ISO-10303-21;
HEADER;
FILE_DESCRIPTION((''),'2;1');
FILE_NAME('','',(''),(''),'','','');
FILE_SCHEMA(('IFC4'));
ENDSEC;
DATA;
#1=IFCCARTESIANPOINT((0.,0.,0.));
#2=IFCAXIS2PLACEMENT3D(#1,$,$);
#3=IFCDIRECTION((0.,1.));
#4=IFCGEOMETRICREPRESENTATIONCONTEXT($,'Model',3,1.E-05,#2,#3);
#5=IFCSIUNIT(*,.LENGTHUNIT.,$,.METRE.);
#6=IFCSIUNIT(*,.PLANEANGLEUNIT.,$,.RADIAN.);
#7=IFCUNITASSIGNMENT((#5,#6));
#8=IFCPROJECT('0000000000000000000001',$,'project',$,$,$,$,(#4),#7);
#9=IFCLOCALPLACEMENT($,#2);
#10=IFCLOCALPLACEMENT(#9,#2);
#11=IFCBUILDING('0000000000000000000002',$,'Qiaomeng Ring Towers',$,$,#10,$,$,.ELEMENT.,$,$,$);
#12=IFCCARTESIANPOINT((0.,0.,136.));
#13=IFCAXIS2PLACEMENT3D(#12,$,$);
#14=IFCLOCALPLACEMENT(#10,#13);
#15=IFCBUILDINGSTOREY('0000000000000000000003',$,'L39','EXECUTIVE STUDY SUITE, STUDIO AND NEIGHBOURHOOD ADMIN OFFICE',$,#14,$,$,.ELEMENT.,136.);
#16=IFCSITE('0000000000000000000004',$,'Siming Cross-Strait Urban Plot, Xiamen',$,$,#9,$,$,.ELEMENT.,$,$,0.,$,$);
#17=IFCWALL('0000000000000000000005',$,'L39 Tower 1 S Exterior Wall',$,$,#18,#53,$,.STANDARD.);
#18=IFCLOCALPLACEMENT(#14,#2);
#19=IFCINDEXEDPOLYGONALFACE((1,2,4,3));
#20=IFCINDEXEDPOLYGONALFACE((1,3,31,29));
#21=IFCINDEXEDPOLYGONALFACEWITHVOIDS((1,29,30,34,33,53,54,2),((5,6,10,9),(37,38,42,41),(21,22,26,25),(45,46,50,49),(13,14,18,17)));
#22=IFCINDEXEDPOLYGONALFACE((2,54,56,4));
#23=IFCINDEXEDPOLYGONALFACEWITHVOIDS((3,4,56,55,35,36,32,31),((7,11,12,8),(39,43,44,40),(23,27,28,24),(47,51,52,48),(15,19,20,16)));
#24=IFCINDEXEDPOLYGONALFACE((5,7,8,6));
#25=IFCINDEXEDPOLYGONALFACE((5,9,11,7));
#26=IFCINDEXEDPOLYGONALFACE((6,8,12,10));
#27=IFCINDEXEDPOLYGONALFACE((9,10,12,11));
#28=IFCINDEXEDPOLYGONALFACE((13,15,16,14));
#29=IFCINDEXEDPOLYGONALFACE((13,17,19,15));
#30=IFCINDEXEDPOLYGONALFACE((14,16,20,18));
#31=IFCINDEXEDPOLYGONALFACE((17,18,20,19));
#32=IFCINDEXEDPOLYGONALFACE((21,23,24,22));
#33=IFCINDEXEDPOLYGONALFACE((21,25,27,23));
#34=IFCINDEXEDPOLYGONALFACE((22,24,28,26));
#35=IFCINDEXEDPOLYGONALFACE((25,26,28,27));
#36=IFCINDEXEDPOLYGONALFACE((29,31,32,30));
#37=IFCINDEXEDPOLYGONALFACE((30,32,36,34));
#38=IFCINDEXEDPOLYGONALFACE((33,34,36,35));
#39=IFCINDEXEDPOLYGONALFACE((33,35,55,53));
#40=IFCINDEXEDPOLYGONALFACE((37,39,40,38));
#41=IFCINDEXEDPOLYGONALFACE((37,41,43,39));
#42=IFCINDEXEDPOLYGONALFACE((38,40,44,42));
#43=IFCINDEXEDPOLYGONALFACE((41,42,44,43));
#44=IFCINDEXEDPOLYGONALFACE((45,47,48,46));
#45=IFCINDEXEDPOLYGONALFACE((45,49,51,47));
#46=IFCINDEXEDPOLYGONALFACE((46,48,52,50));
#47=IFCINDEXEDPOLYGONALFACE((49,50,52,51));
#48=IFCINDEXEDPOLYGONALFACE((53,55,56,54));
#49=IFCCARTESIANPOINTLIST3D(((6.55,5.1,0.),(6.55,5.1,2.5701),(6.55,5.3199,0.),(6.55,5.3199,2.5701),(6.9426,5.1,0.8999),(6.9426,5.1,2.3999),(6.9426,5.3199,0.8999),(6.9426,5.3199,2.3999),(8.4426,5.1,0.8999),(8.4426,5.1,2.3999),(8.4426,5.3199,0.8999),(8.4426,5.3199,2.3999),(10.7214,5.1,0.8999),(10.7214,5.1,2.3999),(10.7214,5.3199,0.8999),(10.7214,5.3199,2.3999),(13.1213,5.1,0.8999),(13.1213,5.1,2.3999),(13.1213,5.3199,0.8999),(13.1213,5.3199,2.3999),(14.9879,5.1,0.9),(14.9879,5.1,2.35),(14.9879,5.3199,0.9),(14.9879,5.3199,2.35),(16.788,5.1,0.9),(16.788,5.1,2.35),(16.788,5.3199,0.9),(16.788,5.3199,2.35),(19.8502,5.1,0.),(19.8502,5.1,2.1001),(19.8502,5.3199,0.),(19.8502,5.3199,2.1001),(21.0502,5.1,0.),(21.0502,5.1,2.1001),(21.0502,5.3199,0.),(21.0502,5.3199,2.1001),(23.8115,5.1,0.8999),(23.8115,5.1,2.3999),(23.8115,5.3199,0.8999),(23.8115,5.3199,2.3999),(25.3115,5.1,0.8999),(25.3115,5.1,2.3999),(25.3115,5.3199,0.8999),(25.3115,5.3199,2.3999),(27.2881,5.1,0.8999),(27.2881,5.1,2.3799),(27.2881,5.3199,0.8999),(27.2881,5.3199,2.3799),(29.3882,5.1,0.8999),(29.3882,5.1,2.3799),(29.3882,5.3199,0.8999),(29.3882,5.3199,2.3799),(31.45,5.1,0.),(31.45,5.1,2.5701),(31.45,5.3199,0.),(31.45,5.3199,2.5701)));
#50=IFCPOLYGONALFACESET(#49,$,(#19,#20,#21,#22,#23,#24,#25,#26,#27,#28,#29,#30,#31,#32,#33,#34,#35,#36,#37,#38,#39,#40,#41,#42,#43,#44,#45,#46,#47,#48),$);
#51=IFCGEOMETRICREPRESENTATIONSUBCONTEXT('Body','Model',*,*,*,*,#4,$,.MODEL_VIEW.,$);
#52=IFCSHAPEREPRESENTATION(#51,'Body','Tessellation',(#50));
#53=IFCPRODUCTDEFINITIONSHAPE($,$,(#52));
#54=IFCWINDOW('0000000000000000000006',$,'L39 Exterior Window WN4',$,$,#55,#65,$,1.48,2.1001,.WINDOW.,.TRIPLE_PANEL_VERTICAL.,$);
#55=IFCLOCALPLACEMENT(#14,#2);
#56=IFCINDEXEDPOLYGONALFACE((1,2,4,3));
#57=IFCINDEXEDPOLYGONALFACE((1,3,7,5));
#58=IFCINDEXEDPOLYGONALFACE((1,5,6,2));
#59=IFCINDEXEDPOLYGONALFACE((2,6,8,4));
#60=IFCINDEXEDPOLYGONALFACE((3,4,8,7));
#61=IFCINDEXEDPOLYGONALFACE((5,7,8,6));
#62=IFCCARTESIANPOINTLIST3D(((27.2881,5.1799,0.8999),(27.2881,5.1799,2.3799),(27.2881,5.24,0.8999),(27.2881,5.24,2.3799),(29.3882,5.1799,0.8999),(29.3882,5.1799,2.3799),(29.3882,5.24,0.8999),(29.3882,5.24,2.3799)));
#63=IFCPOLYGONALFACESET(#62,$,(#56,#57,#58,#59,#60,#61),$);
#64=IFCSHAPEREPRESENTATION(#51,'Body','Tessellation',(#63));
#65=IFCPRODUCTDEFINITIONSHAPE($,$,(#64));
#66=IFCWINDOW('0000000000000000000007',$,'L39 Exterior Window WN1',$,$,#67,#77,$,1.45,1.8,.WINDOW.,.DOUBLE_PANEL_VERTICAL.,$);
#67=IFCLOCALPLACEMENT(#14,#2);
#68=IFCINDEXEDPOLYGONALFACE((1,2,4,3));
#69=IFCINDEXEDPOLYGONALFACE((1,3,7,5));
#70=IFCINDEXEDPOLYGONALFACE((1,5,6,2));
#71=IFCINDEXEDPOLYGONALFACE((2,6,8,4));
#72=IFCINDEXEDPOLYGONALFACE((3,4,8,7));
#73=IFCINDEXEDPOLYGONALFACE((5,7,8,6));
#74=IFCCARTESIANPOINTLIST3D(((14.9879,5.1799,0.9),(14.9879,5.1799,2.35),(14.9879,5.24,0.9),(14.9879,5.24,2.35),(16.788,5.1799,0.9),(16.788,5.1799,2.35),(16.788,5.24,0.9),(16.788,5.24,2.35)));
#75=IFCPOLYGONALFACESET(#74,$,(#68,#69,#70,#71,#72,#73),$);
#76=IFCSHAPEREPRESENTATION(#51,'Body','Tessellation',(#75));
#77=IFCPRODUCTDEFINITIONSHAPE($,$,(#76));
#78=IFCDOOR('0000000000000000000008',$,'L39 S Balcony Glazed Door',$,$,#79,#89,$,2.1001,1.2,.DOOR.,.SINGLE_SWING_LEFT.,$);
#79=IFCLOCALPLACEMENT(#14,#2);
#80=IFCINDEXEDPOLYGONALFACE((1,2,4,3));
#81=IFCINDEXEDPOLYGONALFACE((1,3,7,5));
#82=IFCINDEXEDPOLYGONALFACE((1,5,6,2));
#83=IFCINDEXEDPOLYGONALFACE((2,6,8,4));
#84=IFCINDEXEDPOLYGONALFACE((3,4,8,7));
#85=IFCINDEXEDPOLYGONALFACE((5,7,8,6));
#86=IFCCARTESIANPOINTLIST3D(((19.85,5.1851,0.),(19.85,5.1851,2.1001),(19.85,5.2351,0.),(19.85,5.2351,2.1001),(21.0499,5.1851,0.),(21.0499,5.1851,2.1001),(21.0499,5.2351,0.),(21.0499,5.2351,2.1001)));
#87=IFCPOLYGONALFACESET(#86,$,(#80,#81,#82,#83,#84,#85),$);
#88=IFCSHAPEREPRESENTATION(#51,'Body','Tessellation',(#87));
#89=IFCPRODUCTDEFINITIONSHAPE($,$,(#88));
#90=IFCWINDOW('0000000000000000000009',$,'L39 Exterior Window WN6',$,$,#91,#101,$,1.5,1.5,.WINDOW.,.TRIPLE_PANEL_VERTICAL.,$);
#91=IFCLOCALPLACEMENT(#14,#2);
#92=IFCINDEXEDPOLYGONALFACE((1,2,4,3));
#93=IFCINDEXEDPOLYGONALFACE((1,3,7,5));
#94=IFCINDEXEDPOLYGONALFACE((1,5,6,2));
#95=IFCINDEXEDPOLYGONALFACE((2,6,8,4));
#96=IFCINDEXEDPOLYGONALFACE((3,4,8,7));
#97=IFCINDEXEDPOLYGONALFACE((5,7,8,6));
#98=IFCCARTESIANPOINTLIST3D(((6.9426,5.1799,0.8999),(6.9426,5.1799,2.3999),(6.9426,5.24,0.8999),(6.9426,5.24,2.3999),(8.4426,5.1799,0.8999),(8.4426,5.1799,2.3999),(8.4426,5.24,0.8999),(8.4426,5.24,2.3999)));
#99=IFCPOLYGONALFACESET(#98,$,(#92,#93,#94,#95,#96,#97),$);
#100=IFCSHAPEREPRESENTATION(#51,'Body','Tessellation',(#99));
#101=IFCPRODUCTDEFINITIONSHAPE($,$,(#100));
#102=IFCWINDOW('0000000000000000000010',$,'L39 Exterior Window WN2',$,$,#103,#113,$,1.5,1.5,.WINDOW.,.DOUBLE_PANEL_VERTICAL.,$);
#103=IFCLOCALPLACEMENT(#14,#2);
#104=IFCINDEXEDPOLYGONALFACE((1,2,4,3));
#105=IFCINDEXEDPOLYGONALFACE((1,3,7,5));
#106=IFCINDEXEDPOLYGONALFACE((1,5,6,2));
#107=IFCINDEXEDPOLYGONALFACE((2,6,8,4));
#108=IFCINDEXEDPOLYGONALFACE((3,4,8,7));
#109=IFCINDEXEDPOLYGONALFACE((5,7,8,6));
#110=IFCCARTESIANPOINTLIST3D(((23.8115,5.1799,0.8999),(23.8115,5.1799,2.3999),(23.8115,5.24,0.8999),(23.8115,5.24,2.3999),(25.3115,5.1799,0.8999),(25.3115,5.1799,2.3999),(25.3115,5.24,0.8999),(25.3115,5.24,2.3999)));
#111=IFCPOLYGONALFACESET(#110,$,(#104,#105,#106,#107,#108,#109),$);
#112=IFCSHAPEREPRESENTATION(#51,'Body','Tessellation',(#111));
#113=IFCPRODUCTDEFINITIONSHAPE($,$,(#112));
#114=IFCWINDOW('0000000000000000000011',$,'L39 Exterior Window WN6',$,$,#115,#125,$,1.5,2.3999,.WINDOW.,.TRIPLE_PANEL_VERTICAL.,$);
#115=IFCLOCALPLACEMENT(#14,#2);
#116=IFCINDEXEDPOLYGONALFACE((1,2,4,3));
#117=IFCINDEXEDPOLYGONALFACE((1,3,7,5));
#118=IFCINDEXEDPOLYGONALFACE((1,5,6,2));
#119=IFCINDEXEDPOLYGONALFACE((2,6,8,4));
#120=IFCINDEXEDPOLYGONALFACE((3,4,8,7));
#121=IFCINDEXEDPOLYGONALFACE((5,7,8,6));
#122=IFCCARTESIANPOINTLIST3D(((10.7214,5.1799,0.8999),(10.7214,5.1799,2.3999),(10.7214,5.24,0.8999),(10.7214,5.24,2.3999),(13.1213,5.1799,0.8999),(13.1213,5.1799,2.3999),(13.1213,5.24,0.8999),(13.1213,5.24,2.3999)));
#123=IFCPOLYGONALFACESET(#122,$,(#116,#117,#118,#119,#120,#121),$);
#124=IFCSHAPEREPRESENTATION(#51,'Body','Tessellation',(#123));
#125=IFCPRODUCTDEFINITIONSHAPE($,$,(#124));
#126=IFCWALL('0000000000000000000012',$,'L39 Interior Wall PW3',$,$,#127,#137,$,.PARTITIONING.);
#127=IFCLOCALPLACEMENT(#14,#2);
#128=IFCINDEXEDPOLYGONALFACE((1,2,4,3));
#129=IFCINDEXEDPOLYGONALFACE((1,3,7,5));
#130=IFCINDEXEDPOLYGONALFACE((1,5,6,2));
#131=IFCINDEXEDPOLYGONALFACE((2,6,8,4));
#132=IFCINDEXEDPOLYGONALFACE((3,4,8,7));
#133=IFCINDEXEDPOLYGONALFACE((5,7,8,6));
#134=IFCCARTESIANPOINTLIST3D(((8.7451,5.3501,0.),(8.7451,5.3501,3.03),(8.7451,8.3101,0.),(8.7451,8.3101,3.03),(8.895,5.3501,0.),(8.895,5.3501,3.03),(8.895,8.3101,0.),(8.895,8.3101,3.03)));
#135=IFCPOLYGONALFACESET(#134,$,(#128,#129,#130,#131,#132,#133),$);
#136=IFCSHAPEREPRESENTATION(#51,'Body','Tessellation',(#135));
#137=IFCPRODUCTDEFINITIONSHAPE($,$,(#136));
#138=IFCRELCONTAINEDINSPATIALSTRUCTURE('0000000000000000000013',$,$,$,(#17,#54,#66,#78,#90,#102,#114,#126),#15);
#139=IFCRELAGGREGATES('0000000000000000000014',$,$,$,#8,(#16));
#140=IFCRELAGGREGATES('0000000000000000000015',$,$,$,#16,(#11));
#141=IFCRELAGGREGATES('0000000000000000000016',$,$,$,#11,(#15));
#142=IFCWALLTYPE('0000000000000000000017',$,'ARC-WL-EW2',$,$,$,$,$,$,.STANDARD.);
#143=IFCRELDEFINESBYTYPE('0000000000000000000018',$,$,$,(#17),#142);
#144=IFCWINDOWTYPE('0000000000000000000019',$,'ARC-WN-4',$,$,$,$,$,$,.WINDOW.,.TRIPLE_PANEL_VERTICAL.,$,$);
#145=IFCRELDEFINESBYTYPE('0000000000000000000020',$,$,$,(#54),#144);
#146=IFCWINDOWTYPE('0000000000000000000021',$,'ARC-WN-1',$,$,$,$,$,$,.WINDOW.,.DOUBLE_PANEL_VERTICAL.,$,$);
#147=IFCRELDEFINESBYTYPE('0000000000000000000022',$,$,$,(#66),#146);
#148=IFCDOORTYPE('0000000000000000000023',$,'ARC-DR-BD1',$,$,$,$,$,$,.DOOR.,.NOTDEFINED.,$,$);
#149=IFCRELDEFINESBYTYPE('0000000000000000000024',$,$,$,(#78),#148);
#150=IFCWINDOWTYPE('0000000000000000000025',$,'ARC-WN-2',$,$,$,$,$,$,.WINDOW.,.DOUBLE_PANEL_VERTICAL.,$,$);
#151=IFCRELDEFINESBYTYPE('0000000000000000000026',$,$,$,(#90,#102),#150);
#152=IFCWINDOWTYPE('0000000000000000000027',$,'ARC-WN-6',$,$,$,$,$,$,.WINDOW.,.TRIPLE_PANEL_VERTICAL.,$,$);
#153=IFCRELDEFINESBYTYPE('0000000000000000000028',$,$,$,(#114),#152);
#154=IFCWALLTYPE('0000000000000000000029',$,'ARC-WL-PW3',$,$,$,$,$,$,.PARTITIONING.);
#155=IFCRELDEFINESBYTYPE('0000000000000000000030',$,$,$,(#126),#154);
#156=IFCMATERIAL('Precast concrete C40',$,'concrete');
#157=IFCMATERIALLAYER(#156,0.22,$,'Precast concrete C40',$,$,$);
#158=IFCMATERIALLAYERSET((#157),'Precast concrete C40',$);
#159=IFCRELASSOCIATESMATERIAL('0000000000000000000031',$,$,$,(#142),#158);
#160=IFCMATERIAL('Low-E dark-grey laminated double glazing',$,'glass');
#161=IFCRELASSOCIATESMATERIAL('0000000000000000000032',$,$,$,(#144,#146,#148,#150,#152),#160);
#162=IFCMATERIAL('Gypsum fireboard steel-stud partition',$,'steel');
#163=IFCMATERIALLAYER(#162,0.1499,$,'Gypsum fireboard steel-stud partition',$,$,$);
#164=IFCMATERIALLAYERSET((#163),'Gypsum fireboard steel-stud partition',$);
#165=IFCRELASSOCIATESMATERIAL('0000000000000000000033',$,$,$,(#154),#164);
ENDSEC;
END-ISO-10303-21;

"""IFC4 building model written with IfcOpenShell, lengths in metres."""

from ifc_helpers import new_model, si_unit, direction, frame, frame_2d, origin, place, context, subcontext, project, spatial, rectangle, extrude, source, transform, mapped, material, layer, layer_set, type_object, element, fill, save


model = new_model("IFC4")

# Units and contexts
model_context = context("Model", 3, precision=1e-05, world=origin(), true_north=direction((0.0, 1.0)))
body_context = subcontext(model_context, "Body", "Model", "MODEL_VIEW")
ifc_project = project(units=[si_unit("LENGTHUNIT", "METRE"), si_unit("PLANEANGLEUNIT", "RADIAN")], contexts=[model_context])

# Site, building, storey
site_placement = place(None, origin())
site = spatial("IfcSite", under=ifc_project, at=site_placement, Name="Siming Cross-Strait Urban Plot, Xiamen", CompositionType="ELEMENT", RefElevation=0.0)
building_placement = place(site_placement, origin())
building = spatial("IfcBuilding", under=site, at=building_placement, Name="Qiaomeng Ring Towers", CompositionType="ELEMENT")
storey_placement = place(building_placement, frame((0.0, 0.0, 136.0)))
storey = spatial("IfcBuildingStorey", under=building, at=storey_placement, Name="L39", Description="EXECUTIVE STUDY SUITE, STUDIO AND NEIGHBOURHOOD ADMIN OFFICE", CompositionType="ELEMENT", Elevation=136.0)

# Shared definitions
ifc_material_1 = material(Name="Low-E dark-grey laminated double glazing", Category="glass")

# Wall, openings, windows, door
ifc_material_2 = material(Name="Precast concrete C40", Category="concrete")
ifc_layer_1 = layer(ifc_material_2, 0.22, Name="Precast concrete C40")
ifc_layer_set_1 = layer_set([ifc_layer_1], Name="Precast concrete C40")
wall_type_1 = type_object("IfcWallType", Name="ARC-WL-EW2", PredefinedType="STANDARD", material=ifc_layer_set_1)
wall_1_placement = place(storey_placement, frame((6.55, 5.21, 0.0), z_axis=(0.0, 0.0, 1.0), x_axis=(1.0, 0.0, 0.0)))
wall_1 = element("IfcWall", 1, at=wall_1_placement, inside=storey, type_object=wall_type_1, Name="L39 Tower 1 S Exterior Wall", PredefinedType="STANDARD", context=body_context, shape_type="SweptSolid", body=[
    extrude(rectangle(XDim=24.8999, YDim=0.22, at=frame_2d((12.45, 0.0))), origin(), (0.0, 0.0, 1.0), 2.5701),
])
opening_1_placement = place(wall_1_placement, frame((13.3, 0.0, 0.0)))
opening_1 = element("IfcOpeningElement", 2, at=opening_1_placement, cuts=wall_1, PredefinedType="OPENING", context=body_context, shape_type="SweptSolid", body=[
    extrude(rectangle(XDim=1.2, YDim=2.1001, at=frame_2d((0.6001, 1.05))), frame((0.0, 0.1199, 0.0), z_axis=(0.0, -1.0, 0.0), x_axis=(1.0, 0.0, 0.0)), (0.0, 0.0, 1.0), 0.24),
])
opening_2_placement = place(wall_1_placement, frame((0.3926, 0.0, 0.8999)))
opening_2 = element("IfcOpeningElement", 3, at=opening_2_placement, cuts=wall_1, PredefinedType="OPENING", context=body_context, shape_type="SweptSolid", body=[
    extrude(rectangle(XDim=1.5, YDim=1.5, at=frame_2d((0.75, 0.75))), frame((0.0, 0.1199, 0.0), z_axis=(0.0, -1.0, 0.0), x_axis=(1.0, 0.0, 0.0)), (0.0, 0.0, 1.0), 0.24),
])
opening_3_placement = place(wall_1_placement, frame((8.438, 0.0, 0.8999)))
opening_3 = element("IfcOpeningElement", 4, at=opening_3_placement, cuts=wall_1, PredefinedType="OPENING", context=body_context, shape_type="SweptSolid", body=[
    extrude(rectangle(XDim=1.8, YDim=1.45, at=frame_2d((0.8999, 0.7251))), frame((0.0, 0.1199, 0.0), z_axis=(0.0, -1.0, 0.0), x_axis=(1.0, 0.0, 0.0)), (0.0, 0.0, 1.0), 0.24),
])
opening_4_placement = place(wall_1_placement, frame((17.2615, 0.0, 0.8999)))
opening_4 = element("IfcOpeningElement", 5, at=opening_4_placement, cuts=wall_1, PredefinedType="OPENING", context=body_context, shape_type="SweptSolid", body=[
    extrude(rectangle(XDim=1.5, YDim=1.5, at=frame_2d((0.75, 0.75))), frame((0.0, 0.1199, 0.0), z_axis=(0.0, -1.0, 0.0), x_axis=(1.0, 0.0, 0.0)), (0.0, 0.0, 1.0), 0.24),
])
opening_5_placement = place(wall_1_placement, frame((20.738, 0.0, 0.8999)))
opening_5 = element("IfcOpeningElement", 6, at=opening_5_placement, cuts=wall_1, PredefinedType="OPENING", context=body_context, shape_type="SweptSolid", body=[
    extrude(rectangle(XDim=2.1001, YDim=1.48, at=frame_2d((1.05, 0.74))), frame((0.0, 0.1199, 0.0), z_axis=(0.0, -1.0, 0.0), x_axis=(1.0, 0.0, 0.0)), (0.0, 0.0, 1.0), 0.24),
])
opening_6_placement = place(wall_1_placement, frame((4.1714, 0.0, 0.8999)))
opening_6 = element("IfcOpeningElement", 7, at=opening_6_placement, cuts=wall_1, PredefinedType="OPENING", context=body_context, shape_type="SweptSolid", body=[
    extrude(rectangle(XDim=2.3999, YDim=1.5, at=frame_2d((1.2, 0.75))), frame((0.0, 0.1199, 0.0), z_axis=(0.0, -1.0, 0.0), x_axis=(1.0, 0.0, 0.0)), (0.0, 0.0, 1.0), 0.24),
])
window_type_1 = type_object("IfcWindowType", Name="ARC-WN-4", PartitioningType="TRIPLE_PANEL_VERTICAL", PredefinedType="WINDOW", material=ifc_material_1)
shared_shape_1 = source(origin(), body_context, "Body", "SweptSolid", [
    extrude(rectangle(XDim=2.1001, YDim=1.48, at=frame_2d((1.05, 0.74))), frame((0.0, 0.03, 0.0), z_axis=(0.0, -1.0, 0.0), x_axis=(1.0, 0.0, 0.0)), (0.0, 0.0, 1.0), 0.0601),
])
window_1_placement = place(opening_5_placement, origin())
window_1 = element("IfcWindow", 8, at=window_1_placement, inside=storey, type_object=window_type_1, Name="L39 Exterior Window WN4", OverallHeight=1.48, OverallWidth=2.1001, PartitioningType="TRIPLE_PANEL_VERTICAL", PredefinedType="WINDOW", context=body_context, shape_type="MappedRepresentation", body=[
    mapped(shared_shape_1, transform((0.0, 0.0, 0.0), x_axis=(1.0, 0.0, 0.0), y_axis=(0.0, 1.0, 0.0), z_axis=(0.0, 0.0, 1.0), scale=1.0)),
])
fill(opening_5, window_1)
window_type_2 = type_object("IfcWindowType", Name="ARC-WN-1", PartitioningType="DOUBLE_PANEL_VERTICAL", PredefinedType="WINDOW", material=ifc_material_1)
shared_shape_2 = source(origin(), body_context, "Body", "SweptSolid", [
    extrude(rectangle(XDim=1.8, YDim=1.45, at=frame_2d((0.8999, 0.7251))), frame((0.0, 0.03, 0.0), z_axis=(0.0, -1.0, 0.0), x_axis=(1.0, 0.0, 0.0)), (0.0, 0.0, 1.0), 0.0601),
])
window_2_placement = place(opening_3_placement, origin())
window_2 = element("IfcWindow", 9, at=window_2_placement, inside=storey, type_object=window_type_2, Name="L39 Exterior Window WN1", OverallHeight=1.45, OverallWidth=1.8, PartitioningType="DOUBLE_PANEL_VERTICAL", PredefinedType="WINDOW", context=body_context, shape_type="MappedRepresentation", body=[
    mapped(shared_shape_2, transform((0.0, 0.0, 0.0), x_axis=(1.0, 0.0, 0.0), y_axis=(0.0, 1.0, 0.0), z_axis=(0.0, 0.0, 1.0), scale=1.0)),
])
fill(opening_3, window_2)
door_type = type_object("IfcDoorType", Name="ARC-DR-BD1", OperationType="NOTDEFINED", PredefinedType="DOOR", material=ifc_material_1)
shared_shape_3 = source(origin(), body_context, "Body", "SweptSolid", [
    extrude(rectangle(XDim=1.2, YDim=2.1001, at=frame_2d((0.6001, 1.05))), frame((0.0, 0.0249, 0.0), z_axis=(0.0, -1.0, 0.0), x_axis=(1.0, 0.0, 0.0)), (0.0, 0.0, 1.0), 0.05),
])
door_placement = place(opening_1_placement, frame((1.2, 0.0, 0.0), z_axis=(0.0, 0.0, 1.0), x_axis=(-1.0, 0.0, 0.0)))
door = element("IfcDoor", 10, at=door_placement, inside=storey, type_object=door_type, Name="L39 S Balcony Glazed Door", OperationType="SINGLE_SWING_LEFT", OverallHeight=2.1001, OverallWidth=1.2, PredefinedType="DOOR", context=body_context, shape_type="MappedRepresentation", body=[
    mapped(shared_shape_3, transform((0.0, 0.0, 0.0), x_axis=(1.0, 0.0, 0.0), y_axis=(0.0, 1.0, 0.0), z_axis=(0.0, 0.0, 1.0), scale=1.0)),
])
fill(opening_1, door)
window_type_3 = type_object("IfcWindowType", Name="ARC-WN-2", PartitioningType="DOUBLE_PANEL_VERTICAL", PredefinedType="WINDOW", material=ifc_material_1)
shared_shape_4 = source(origin(), body_context, "Body", "SweptSolid", [
    extrude(rectangle(XDim=1.5, YDim=1.5, at=frame_2d((0.75, 0.75))), frame((0.0, 0.03, 0.0), z_axis=(0.0, -1.0, 0.0), x_axis=(1.0, 0.0, 0.0)), (0.0, 0.0, 1.0), 0.0601),
])
window_3_placement = place(opening_2_placement, origin())
window_3 = element("IfcWindow", 11, at=window_3_placement, inside=storey, type_object=window_type_3, Name="L39 Exterior Window WN6", OverallHeight=1.5, OverallWidth=1.5, PartitioningType="TRIPLE_PANEL_VERTICAL", PredefinedType="WINDOW", context=body_context, shape_type="MappedRepresentation", body=[
    mapped(shared_shape_4, transform((0.0, 0.0, 0.0), x_axis=(1.0, 0.0, 0.0), y_axis=(0.0, 1.0, 0.0), z_axis=(0.0, 0.0, 1.0), scale=1.0)),
])
fill(opening_2, window_3)
window_4_placement = place(opening_4_placement, origin())
window_4 = element("IfcWindow", 12, at=window_4_placement, inside=storey, type_object=window_type_3, Name="L39 Exterior Window WN2", OverallHeight=1.5, OverallWidth=1.5, PartitioningType="DOUBLE_PANEL_VERTICAL", PredefinedType="WINDOW", context=body_context, shape_type="MappedRepresentation", body=[
    mapped(shared_shape_4, transform((0.0, 0.0, 0.0), x_axis=(1.0, 0.0, 0.0), y_axis=(0.0, 1.0, 0.0), z_axis=(0.0, 0.0, 1.0), scale=1.0)),
])
fill(opening_4, window_4)
window_type_4 = type_object("IfcWindowType", Name="ARC-WN-6", PartitioningType="TRIPLE_PANEL_VERTICAL", PredefinedType="WINDOW", material=ifc_material_1)
shared_shape_5 = source(origin(), body_context, "Body", "SweptSolid", [
    extrude(rectangle(XDim=2.3999, YDim=1.5, at=frame_2d((1.2, 0.75))), frame((0.0, 0.03, 0.0), z_axis=(0.0, -1.0, 0.0), x_axis=(1.0, 0.0, 0.0)), (0.0, 0.0, 1.0), 0.0601),
])
window_5_placement = place(opening_6_placement, origin())
window_5 = element("IfcWindow", 13, at=window_5_placement, inside=storey, type_object=window_type_4, Name="L39 Exterior Window WN6", OverallHeight=1.5, OverallWidth=2.3999, PartitioningType="TRIPLE_PANEL_VERTICAL", PredefinedType="WINDOW", context=body_context, shape_type="MappedRepresentation", body=[
    mapped(shared_shape_5, transform((0.0, 0.0, 0.0), x_axis=(1.0, 0.0, 0.0), y_axis=(0.0, 1.0, 0.0), z_axis=(0.0, 0.0, 1.0), scale=1.0)),
])
fill(opening_6, window_5)

# Wall
ifc_material_3 = material(Name="Gypsum fireboard steel-stud partition", Category="steel")
ifc_layer_2 = layer(ifc_material_3, 0.1499, Name="Gypsum fireboard steel-stud partition")
ifc_layer_set_2 = layer_set([ifc_layer_2], Name="Gypsum fireboard steel-stud partition")
wall_type_2 = type_object("IfcWallType", Name="ARC-WL-PW3", PredefinedType="PARTITIONING", material=ifc_layer_set_2)
wall_2_placement = place(storey_placement, frame((8.8201, 5.3501, 0.0), z_axis=(0.0, 0.0, 1.0), x_axis=(0.0, 1.0, 0.0)))
element("IfcWall", 14, at=wall_2_placement, inside=storey, type_object=wall_type_2, Name="L39 Interior Wall PW3", PredefinedType="PARTITIONING", context=body_context, shape_type="SweptSolid", body=[
    extrude(rectangle(XDim=2.96, YDim=0.1499, at=frame_2d((1.48, 0.0))), origin(), (0.0, 0.0, 1.0), 3.03),
])

save(model, "model.ifc")
